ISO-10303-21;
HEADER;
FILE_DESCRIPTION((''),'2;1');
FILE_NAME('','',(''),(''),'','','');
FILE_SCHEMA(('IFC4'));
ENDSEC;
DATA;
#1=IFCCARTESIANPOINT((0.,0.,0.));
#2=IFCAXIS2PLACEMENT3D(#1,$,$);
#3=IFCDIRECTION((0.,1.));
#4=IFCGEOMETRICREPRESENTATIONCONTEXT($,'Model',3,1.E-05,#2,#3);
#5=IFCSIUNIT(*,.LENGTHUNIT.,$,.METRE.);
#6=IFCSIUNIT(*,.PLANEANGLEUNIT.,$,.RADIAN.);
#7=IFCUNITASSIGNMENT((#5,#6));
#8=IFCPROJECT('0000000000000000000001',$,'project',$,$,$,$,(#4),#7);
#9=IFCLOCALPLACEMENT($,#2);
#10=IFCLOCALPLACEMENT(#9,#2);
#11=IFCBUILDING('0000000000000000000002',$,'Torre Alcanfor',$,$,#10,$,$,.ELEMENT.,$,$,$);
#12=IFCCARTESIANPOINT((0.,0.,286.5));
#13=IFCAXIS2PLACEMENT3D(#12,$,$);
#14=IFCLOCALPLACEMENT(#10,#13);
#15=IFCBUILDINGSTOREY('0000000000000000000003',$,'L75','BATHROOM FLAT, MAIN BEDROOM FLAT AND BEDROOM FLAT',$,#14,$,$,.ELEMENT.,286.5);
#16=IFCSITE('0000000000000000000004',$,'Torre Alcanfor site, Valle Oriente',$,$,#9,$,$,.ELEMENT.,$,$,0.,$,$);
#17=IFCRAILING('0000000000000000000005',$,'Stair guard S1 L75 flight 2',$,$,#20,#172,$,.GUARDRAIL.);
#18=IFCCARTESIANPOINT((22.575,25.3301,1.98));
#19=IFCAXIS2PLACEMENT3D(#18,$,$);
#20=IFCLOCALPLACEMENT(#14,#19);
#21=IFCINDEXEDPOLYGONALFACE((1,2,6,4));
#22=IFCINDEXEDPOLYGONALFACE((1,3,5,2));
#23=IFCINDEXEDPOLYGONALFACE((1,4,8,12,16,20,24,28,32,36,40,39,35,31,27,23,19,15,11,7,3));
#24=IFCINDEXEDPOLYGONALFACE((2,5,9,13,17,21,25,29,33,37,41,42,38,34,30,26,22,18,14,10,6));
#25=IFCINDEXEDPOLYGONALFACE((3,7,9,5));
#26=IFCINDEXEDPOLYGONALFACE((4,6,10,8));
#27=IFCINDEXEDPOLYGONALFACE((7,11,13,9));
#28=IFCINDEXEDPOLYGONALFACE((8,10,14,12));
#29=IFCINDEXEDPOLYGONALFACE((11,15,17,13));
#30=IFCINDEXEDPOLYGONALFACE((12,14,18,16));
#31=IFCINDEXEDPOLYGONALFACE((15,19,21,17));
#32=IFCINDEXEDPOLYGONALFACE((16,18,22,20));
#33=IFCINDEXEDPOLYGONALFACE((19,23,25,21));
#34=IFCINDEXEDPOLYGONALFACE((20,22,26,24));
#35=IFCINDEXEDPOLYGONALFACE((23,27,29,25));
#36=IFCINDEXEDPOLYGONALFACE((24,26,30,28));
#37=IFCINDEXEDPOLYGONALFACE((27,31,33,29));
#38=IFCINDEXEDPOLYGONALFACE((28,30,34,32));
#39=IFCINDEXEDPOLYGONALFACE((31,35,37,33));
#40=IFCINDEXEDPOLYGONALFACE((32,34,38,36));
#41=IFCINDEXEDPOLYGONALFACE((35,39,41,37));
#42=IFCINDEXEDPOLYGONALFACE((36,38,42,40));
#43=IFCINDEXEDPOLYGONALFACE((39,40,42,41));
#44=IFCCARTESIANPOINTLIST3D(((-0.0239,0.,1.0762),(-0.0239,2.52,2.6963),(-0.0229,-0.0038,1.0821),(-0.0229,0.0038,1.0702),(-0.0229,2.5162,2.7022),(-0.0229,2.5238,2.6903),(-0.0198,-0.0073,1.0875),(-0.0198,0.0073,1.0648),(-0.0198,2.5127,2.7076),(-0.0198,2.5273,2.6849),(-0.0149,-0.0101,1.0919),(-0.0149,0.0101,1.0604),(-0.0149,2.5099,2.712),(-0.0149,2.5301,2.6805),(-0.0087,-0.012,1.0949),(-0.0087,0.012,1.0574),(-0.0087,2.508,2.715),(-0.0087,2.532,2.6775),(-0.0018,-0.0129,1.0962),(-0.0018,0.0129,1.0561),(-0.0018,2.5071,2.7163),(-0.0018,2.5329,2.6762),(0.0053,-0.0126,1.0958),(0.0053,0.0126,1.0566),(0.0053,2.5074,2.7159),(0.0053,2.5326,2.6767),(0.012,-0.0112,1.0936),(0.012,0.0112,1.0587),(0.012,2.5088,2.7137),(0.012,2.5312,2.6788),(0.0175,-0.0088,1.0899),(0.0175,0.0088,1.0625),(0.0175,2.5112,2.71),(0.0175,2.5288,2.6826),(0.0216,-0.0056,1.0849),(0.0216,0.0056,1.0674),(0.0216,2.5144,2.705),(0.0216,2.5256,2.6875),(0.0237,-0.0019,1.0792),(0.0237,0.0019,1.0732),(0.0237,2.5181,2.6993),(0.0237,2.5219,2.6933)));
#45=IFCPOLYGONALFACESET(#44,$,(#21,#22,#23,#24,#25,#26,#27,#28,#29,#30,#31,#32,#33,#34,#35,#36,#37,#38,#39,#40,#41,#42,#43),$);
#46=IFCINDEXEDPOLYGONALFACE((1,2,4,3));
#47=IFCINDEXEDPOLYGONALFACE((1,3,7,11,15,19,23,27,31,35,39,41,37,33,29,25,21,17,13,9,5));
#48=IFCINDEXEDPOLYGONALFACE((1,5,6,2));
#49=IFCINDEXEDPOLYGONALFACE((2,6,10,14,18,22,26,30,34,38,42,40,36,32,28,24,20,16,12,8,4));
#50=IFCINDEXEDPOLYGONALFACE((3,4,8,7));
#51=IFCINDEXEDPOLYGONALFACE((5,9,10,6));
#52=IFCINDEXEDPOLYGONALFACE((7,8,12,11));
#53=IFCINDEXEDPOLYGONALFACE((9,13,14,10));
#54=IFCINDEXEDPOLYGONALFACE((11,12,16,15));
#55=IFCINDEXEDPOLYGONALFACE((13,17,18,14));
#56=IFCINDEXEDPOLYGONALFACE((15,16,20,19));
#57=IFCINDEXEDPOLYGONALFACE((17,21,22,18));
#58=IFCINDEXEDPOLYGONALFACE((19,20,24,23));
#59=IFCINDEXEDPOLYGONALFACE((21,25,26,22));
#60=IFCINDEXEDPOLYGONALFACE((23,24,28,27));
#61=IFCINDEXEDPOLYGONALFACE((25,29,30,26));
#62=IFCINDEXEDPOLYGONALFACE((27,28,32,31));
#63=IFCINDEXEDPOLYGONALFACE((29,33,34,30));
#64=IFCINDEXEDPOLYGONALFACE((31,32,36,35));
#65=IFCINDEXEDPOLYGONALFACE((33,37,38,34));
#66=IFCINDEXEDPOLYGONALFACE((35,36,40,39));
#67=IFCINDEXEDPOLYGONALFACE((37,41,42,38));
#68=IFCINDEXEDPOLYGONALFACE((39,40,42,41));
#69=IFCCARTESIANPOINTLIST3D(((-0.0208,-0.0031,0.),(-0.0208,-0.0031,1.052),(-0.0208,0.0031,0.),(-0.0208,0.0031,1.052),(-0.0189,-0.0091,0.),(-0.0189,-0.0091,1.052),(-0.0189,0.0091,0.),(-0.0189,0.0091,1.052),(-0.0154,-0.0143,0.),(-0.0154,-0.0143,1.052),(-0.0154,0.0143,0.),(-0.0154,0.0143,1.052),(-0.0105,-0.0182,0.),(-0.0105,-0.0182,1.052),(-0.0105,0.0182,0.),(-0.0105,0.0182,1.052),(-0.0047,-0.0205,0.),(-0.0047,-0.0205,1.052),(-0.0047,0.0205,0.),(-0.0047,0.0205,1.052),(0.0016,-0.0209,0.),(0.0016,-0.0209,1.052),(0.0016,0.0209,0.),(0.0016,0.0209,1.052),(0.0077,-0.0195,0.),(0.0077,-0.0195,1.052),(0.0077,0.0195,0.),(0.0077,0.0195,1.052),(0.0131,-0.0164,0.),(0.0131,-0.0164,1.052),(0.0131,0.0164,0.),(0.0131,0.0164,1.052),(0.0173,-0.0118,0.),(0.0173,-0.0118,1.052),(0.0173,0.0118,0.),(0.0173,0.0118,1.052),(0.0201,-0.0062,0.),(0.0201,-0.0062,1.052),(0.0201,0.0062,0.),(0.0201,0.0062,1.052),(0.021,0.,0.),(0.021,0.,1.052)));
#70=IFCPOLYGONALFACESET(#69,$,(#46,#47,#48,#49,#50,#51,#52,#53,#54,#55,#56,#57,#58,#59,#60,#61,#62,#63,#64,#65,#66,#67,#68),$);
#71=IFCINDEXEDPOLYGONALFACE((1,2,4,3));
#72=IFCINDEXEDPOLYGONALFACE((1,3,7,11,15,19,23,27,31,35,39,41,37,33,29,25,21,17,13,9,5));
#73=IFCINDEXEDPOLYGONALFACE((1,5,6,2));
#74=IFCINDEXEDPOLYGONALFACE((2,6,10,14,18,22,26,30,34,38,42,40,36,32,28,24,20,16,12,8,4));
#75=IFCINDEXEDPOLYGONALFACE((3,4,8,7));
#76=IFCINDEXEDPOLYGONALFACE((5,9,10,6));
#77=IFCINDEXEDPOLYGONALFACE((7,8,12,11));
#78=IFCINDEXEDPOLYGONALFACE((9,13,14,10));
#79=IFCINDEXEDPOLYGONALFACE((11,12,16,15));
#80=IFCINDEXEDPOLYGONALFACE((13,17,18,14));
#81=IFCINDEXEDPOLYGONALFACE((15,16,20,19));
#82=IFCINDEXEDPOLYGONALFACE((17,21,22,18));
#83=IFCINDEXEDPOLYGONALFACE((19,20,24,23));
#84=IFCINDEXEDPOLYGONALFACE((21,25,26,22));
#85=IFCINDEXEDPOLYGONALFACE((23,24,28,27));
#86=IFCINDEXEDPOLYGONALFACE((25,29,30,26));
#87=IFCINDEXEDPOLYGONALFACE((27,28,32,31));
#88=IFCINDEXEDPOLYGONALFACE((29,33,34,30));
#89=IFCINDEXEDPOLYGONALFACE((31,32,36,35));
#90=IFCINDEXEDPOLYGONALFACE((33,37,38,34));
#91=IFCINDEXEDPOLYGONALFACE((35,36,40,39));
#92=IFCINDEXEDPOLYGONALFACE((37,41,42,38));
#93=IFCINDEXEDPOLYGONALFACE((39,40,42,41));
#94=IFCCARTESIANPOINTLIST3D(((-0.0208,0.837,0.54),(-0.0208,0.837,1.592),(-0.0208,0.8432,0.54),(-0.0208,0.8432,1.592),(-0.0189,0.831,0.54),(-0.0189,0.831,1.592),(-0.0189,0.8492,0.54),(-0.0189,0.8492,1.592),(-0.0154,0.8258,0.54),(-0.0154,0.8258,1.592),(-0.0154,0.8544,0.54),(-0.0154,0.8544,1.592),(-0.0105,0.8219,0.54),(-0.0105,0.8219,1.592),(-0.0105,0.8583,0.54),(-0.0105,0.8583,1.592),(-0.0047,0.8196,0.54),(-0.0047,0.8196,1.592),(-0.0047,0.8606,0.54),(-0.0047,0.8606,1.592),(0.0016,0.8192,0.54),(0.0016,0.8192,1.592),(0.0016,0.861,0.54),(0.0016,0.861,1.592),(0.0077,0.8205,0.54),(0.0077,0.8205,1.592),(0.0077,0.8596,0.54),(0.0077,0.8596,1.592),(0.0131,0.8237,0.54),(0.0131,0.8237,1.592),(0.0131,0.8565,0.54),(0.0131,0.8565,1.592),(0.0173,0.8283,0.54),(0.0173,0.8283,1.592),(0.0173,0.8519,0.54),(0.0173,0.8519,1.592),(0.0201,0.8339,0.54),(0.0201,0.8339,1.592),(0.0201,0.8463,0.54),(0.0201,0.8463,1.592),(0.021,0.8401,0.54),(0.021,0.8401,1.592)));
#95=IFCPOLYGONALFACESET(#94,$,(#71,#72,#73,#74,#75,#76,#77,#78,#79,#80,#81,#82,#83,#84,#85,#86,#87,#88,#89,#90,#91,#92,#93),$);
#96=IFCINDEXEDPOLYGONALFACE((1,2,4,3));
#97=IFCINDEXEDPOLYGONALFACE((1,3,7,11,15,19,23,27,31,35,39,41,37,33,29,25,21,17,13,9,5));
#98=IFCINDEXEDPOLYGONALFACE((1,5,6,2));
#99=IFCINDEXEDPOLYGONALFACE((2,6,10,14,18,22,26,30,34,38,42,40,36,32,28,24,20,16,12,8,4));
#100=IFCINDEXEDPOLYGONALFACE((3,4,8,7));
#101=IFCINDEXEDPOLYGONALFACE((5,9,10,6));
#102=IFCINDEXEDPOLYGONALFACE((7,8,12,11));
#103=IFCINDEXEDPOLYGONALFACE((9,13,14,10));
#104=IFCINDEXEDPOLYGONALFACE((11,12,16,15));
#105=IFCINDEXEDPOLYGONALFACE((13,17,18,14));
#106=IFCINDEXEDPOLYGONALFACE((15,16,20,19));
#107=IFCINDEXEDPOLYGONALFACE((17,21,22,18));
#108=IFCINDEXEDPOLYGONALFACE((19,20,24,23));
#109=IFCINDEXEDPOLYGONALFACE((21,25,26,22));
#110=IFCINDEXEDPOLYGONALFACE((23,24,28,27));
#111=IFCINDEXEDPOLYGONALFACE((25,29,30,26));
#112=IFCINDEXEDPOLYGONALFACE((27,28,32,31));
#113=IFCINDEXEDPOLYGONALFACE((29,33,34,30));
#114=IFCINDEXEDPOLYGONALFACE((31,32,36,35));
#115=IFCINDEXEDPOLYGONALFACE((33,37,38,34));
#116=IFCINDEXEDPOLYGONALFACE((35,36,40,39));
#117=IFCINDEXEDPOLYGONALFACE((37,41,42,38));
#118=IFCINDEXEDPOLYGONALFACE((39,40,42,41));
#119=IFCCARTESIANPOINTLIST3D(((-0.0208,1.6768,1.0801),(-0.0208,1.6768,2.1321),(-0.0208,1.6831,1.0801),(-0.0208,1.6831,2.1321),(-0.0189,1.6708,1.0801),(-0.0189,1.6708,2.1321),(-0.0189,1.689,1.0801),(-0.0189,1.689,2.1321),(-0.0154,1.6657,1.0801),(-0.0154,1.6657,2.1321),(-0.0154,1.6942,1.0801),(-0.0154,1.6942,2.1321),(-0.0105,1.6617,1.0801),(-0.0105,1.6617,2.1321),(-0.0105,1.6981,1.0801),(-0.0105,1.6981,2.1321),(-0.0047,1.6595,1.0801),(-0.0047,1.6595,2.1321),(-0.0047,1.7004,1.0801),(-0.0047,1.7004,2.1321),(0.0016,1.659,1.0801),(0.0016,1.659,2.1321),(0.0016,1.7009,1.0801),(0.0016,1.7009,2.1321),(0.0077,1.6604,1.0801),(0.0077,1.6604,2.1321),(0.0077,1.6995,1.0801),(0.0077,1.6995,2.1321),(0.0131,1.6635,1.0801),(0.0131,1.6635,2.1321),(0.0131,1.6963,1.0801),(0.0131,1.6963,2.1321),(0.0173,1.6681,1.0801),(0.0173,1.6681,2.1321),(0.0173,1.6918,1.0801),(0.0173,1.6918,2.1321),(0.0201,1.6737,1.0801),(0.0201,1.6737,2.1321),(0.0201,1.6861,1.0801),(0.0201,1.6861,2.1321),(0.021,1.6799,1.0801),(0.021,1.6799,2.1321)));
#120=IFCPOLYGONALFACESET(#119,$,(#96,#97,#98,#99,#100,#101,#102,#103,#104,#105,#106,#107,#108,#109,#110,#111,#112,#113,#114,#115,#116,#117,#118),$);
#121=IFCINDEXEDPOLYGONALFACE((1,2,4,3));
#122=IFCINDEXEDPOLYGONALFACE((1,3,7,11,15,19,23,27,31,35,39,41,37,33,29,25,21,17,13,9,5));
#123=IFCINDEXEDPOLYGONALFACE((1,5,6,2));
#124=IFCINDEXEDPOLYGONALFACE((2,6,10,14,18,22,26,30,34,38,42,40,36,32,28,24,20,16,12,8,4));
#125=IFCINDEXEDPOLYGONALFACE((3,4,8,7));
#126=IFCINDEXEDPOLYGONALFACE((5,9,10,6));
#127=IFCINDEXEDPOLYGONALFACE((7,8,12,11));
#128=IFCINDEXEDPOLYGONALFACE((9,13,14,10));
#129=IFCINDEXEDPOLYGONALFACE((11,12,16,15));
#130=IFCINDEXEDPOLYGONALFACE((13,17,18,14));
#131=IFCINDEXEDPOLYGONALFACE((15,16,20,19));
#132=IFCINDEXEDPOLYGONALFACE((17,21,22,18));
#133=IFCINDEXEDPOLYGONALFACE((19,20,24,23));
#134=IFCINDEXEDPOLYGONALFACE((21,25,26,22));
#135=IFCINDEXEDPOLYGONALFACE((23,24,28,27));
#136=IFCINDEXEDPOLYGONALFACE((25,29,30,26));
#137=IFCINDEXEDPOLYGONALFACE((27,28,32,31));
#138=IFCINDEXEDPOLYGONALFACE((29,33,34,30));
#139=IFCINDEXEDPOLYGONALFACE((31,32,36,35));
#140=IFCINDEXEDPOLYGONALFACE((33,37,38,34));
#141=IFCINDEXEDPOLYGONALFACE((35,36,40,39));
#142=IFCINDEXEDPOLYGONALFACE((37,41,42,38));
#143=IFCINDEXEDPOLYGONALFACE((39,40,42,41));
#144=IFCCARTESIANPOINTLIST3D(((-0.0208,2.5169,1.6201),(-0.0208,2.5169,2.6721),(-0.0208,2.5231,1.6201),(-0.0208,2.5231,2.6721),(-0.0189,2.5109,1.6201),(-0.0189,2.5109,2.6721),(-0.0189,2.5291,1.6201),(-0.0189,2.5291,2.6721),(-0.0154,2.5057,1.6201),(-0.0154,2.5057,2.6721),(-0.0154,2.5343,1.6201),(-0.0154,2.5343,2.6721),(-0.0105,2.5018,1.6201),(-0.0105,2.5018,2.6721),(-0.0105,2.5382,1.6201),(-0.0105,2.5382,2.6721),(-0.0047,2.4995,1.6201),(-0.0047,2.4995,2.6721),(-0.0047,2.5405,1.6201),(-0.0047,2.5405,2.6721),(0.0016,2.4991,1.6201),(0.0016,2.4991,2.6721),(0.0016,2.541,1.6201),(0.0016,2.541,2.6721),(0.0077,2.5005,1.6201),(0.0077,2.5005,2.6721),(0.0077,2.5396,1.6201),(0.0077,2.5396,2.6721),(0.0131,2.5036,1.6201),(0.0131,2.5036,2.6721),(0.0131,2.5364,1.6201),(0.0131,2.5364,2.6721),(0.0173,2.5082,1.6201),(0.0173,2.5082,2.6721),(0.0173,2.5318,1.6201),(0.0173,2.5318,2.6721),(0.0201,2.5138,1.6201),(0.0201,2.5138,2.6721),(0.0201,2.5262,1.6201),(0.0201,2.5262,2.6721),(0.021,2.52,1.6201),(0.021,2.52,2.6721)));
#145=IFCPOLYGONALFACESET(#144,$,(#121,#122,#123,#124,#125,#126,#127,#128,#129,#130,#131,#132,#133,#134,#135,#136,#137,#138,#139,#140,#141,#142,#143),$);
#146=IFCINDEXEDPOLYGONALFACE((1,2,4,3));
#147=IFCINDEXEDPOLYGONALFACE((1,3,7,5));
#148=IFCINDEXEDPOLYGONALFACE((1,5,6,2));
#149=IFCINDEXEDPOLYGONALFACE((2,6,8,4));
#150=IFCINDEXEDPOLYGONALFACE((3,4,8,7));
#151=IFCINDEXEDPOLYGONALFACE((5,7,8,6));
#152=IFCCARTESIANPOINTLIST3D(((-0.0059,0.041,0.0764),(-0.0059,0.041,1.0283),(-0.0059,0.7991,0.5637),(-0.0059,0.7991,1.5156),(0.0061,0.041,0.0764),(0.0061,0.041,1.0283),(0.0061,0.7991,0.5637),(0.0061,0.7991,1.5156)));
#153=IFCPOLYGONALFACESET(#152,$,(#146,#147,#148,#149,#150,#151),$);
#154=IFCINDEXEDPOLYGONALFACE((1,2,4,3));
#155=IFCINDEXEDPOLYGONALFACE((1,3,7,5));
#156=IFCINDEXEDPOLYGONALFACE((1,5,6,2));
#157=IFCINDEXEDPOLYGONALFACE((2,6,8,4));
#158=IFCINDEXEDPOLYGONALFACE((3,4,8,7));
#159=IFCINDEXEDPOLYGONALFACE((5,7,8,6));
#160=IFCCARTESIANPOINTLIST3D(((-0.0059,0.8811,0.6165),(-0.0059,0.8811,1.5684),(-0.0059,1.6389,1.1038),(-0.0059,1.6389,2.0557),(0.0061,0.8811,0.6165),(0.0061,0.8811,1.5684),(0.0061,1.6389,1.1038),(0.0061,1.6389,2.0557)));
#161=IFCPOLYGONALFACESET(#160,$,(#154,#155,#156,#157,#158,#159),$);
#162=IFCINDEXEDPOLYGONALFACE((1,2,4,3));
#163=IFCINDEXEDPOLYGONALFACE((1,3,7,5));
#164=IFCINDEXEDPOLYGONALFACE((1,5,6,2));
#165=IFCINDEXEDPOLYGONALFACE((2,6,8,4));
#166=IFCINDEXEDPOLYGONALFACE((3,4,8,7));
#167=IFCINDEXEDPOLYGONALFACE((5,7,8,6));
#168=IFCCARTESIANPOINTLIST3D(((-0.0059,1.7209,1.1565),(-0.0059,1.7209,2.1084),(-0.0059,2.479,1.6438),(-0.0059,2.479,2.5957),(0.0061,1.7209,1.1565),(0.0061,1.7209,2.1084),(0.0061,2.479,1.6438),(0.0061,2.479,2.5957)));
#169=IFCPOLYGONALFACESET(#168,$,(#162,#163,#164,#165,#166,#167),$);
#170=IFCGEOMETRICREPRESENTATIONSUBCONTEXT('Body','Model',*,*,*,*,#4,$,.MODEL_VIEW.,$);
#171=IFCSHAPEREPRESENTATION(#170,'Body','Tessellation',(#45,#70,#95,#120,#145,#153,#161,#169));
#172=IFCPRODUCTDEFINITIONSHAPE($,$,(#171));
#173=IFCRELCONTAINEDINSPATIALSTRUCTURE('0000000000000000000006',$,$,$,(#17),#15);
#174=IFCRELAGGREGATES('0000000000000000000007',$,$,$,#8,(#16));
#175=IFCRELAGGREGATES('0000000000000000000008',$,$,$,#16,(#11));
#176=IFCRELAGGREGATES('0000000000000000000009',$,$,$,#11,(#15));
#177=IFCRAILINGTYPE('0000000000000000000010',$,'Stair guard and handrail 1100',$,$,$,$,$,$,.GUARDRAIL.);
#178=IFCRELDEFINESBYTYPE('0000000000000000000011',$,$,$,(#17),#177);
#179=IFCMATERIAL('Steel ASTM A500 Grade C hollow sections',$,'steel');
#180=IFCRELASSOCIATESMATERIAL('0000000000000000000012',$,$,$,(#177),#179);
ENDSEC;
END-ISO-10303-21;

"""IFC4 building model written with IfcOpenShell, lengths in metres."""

from ifc_helpers import new_model, si_unit, direction, frame, origin, origin_2d, place, context, subcontext, project, spatial, polyline, circle, outline, extrude, material, type_object, element, save


model = new_model("IFC4")

# Units and contexts
model_context = context("Model", 3, precision=1e-05, world=origin(), true_north=direction((0.0, 1.0)))
body_context = subcontext(model_context, "Body", "Model", "MODEL_VIEW")
ifc_project = project(units=[si_unit("LENGTHUNIT", "METRE"), si_unit("PLANEANGLEUNIT", "RADIAN")], contexts=[model_context])

# Site, building, storey
site_placement = place(None, origin())
site = spatial("IfcSite", under=ifc_project, at=site_placement, Name="Torre Alcanfor site, Valle Oriente", CompositionType="ELEMENT", RefElevation=0.0)
building_placement = place(site_placement, origin())
building = spatial("IfcBuilding", under=site, at=building_placement, Name="Torre Alcanfor", CompositionType="ELEMENT")
storey_placement = place(building_placement, frame((0.0, 0.0, 286.5)))
storey = spatial("IfcBuildingStorey", under=building, at=storey_placement, Name="L75", Description="BATHROOM FLAT, MAIN BEDROOM FLAT AND BEDROOM FLAT", CompositionType="ELEMENT", Elevation=286.5)

# Railing
ifc_material_1 = material(Name="Steel ASTM A500 Grade C hollow sections", Category="steel")
railing_type_1 = type_object("IfcRailingType", Name="Stair guard and handrail 1100", PredefinedType="GUARDRAIL", material=ifc_material_1)
railing_1_placement = place(storey_placement, frame((22.575, 25.3301, 1.98)))
element("IfcRailing", 1, at=railing_1_placement, inside=storey, type_object=railing_type_1, Name="Stair guard S1 L75 flight 2", PredefinedType="GUARDRAIL", context=body_context, shape_type="SweptSolid", body=[
    extrude(circle(Radius=0.0239, at=origin_2d()), frame((0.0, 0.0, 1.0762), z_axis=(0.0, 0.841163, 0.540782), x_axis=(-1.0, 0.0, 0.0)), (0.0, 0.0, 1.0), 2.9958),
    extrude(circle(Radius=0.021, at=origin_2d()), origin(), (0.0, 0.0, 1.0), 1.052),
    extrude(circle(Radius=0.021, at=origin_2d()), frame((0.0, 0.8401, 0.54)), (0.0, 0.0, 1.0), 1.052),
    extrude(circle(Radius=0.021, at=origin_2d()), frame((0.0, 1.6799, 1.0801)), (0.0, 0.0, 1.0), 1.052),
    extrude(circle(Radius=0.021, at=origin_2d()), frame((0.0, 2.52, 1.6201)), (0.0, 0.0, 1.0), 1.052),
    extrude(outline(polyline([(0.041, 0.0764), (0.7991, 0.5637), (0.7991, 1.5156), (0.041, 1.0283), (0.041, 0.0764)])), frame((-0.0059, 0.0, 0.0), z_axis=(1.0, 0.0, 0.0), x_axis=(0.0, 1.0, 0.0)), (0.0, 0.0, 1.0), 0.012),
    extrude(outline(polyline([(0.8811, 0.6165), (1.6389, 1.1038), (1.6389, 2.0557), (0.8811, 1.5684), (0.8811, 0.6165)])), frame((-0.0059, 0.0, 0.0), z_axis=(1.0, 0.0, 0.0), x_axis=(0.0, 1.0, 0.0)), (0.0, 0.0, 1.0), 0.012),
    extrude(outline(polyline([(1.7209, 1.1565), (2.479, 1.6438), (2.479, 2.5957), (1.7209, 2.1084), (1.7209, 1.1565)])), frame((-0.0059, 0.0, 0.0), z_axis=(1.0, 0.0, 0.0), x_axis=(0.0, 1.0, 0.0)), (0.0, 0.0, 1.0), 0.012),
])

save(model, "model.ifc")
